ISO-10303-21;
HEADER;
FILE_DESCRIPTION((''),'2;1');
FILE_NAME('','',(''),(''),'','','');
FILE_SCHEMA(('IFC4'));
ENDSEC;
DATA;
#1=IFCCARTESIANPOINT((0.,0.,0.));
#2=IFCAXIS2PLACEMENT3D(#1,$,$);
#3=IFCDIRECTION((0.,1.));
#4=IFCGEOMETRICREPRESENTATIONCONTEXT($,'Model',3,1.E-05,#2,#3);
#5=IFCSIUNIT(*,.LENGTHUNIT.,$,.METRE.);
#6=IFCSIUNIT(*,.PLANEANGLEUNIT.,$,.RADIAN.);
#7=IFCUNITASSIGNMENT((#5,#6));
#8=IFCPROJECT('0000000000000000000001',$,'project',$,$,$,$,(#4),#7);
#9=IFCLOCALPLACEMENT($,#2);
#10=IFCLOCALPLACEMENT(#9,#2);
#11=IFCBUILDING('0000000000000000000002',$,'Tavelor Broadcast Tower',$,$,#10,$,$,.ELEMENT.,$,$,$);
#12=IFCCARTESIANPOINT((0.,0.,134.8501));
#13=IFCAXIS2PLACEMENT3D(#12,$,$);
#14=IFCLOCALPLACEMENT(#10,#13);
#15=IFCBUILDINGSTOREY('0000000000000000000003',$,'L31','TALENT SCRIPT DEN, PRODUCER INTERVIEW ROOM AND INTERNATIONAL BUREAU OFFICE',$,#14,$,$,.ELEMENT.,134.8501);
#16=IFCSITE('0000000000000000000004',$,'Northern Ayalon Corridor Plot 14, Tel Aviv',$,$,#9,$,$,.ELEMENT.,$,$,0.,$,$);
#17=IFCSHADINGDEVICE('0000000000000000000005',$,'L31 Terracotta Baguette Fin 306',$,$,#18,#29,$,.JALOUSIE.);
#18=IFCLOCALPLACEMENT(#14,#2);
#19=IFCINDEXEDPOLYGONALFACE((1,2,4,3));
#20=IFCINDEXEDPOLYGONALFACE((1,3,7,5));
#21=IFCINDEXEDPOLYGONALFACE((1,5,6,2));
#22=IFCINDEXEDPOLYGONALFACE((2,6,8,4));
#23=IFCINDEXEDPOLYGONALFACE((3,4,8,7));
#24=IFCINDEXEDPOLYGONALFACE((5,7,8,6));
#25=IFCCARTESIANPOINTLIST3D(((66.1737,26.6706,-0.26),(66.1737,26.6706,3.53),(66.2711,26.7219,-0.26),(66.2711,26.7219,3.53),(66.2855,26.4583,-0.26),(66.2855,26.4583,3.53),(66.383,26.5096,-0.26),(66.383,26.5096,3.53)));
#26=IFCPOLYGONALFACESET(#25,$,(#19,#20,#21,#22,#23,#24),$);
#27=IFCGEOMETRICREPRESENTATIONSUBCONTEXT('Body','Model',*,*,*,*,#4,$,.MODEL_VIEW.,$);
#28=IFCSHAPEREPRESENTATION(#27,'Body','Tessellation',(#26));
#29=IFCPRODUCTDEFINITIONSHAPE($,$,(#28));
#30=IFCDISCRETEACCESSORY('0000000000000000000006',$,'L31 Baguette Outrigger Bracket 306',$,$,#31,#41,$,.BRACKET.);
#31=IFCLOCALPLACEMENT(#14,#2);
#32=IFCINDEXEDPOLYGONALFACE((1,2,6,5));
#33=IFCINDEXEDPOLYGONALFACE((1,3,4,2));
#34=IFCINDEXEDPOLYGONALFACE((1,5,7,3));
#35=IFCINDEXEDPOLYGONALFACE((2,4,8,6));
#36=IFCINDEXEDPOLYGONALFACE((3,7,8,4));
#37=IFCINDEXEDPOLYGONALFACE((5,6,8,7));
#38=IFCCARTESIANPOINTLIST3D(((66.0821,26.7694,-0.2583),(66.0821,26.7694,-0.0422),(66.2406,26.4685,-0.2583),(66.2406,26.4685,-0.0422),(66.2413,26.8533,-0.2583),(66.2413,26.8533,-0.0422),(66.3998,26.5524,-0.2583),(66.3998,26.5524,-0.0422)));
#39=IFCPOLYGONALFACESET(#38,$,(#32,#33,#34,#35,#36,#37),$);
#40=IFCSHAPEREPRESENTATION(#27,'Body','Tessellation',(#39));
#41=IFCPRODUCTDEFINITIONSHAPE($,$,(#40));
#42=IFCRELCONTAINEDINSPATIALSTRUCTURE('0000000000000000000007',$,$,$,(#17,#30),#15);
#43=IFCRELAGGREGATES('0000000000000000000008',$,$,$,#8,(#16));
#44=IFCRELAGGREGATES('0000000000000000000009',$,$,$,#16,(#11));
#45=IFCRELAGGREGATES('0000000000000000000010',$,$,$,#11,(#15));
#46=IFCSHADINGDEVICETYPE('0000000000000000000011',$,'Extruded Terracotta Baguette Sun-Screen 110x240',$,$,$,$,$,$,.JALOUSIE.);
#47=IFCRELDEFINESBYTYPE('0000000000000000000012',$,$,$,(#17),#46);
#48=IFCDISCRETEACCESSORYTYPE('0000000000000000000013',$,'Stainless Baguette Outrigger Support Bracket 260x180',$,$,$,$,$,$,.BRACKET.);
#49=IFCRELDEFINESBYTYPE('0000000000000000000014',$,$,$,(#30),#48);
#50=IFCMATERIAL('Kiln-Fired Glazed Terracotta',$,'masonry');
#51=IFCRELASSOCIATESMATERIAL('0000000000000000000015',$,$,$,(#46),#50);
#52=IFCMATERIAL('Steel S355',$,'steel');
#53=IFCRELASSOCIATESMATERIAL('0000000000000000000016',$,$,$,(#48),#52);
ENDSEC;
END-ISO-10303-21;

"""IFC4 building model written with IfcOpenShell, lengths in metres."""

from ifc_helpers import new_model, si_unit, direction, frame, origin, origin_2d, place, context, subcontext, project, spatial, rectangle, extrude, source, transform, mapped, material, type_object, type_shapes, element, save


model = new_model("IFC4")

# Units and contexts
model_context = context("Model", 3, precision=1e-05, world=origin(), true_north=direction((0.0, 1.0)))
body_context = subcontext(model_context, "Body", "Model", "MODEL_VIEW")
ifc_project = project(units=[si_unit("LENGTHUNIT", "METRE"), si_unit("PLANEANGLEUNIT", "RADIAN")], contexts=[model_context])

# Site, building, storey
site_placement = place(None, origin())
site = spatial("IfcSite", under=ifc_project, at=site_placement, Name="Northern Ayalon Corridor Plot 14, Tel Aviv", CompositionType="ELEMENT", RefElevation=0.0)
building_placement = place(site_placement, origin())
building = spatial("IfcBuilding", under=site, at=building_placement, Name="Tavelor Broadcast Tower", CompositionType="ELEMENT")
storey_placement = place(building_placement, frame((0.0, 0.0, 134.8501)))
storey = spatial("IfcBuildingStorey", under=building, at=storey_placement, Name="L31", Description="TALENT SCRIPT DEN, PRODUCER INTERVIEW ROOM AND INTERNATIONAL BUREAU OFFICE", CompositionType="ELEMENT", Elevation=134.8501)

# Shared definitions
ifc_material_1 = material(Name="Steel S355", Category="steel")

# Shading device
ifc_material_2 = material(Name="Kiln-Fired Glazed Terracotta", Category="masonry")
shading_device_type = type_object("IfcShadingDeviceType", Name="Extruded Terracotta Baguette Sun-Screen 110x240", PredefinedType="JALOUSIE", material=ifc_material_2)
shared_shape_1 = source(origin(), body_context, "Body", "SweptSolid", [
    extrude(rectangle(XDim=0.1101, YDim=0.24, at=origin_2d()), origin(), (0.0, 0.0, 1.0), 3.79),
])
type_shapes(shading_device_type, [shared_shape_1])
shading_device_placement = place(storey_placement, frame((66.2783, 26.5901, -0.26), z_axis=(0.0, 0.0, 1.0), x_axis=(0.884744, 0.466078, 0.0)))
element("IfcShadingDevice", 1, at=shading_device_placement, inside=storey, type_object=shading_device_type, Name="L31 Terracotta Baguette Fin 306", PredefinedType="JALOUSIE", context=body_context, shape_type="MappedRepresentation", body=[
    mapped(shared_shape_1, transform((0.0, 0.0, 0.0), scale=1.0)),
])

# Discrete accessory
discrete_accessory_type = type_object("IfcDiscreteAccessoryType", Name="Stainless Baguette Outrigger Support Bracket 260x180", PredefinedType="BRACKET", material=ifc_material_1)
shared_shape_2 = source(origin(), body_context, "Body", "SweptSolid", [
    extrude(rectangle(XDim=0.1799, YDim=0.3401, at=origin_2d()), origin(), (0.0, 0.0, 1.0), 0.2161),
])
type_shapes(discrete_accessory_type, [shared_shape_2])
discrete_accessory_placement = place(storey_placement, frame((66.241, 26.6609, -0.2583), z_axis=(0.0, 0.0, 1.0), x_axis=(0.884744, 0.466078, 0.0)))
element("IfcDiscreteAccessory", 2, at=discrete_accessory_placement, inside=storey, type_object=discrete_accessory_type, Name="L31 Baguette Outrigger Bracket 306", PredefinedType="BRACKET", context=body_context, shape_type="MappedRepresentation", body=[
    mapped(shared_shape_2, transform((0.0, 0.0, 0.0), scale=1.0)),
])

save(model, "model.ifc")
